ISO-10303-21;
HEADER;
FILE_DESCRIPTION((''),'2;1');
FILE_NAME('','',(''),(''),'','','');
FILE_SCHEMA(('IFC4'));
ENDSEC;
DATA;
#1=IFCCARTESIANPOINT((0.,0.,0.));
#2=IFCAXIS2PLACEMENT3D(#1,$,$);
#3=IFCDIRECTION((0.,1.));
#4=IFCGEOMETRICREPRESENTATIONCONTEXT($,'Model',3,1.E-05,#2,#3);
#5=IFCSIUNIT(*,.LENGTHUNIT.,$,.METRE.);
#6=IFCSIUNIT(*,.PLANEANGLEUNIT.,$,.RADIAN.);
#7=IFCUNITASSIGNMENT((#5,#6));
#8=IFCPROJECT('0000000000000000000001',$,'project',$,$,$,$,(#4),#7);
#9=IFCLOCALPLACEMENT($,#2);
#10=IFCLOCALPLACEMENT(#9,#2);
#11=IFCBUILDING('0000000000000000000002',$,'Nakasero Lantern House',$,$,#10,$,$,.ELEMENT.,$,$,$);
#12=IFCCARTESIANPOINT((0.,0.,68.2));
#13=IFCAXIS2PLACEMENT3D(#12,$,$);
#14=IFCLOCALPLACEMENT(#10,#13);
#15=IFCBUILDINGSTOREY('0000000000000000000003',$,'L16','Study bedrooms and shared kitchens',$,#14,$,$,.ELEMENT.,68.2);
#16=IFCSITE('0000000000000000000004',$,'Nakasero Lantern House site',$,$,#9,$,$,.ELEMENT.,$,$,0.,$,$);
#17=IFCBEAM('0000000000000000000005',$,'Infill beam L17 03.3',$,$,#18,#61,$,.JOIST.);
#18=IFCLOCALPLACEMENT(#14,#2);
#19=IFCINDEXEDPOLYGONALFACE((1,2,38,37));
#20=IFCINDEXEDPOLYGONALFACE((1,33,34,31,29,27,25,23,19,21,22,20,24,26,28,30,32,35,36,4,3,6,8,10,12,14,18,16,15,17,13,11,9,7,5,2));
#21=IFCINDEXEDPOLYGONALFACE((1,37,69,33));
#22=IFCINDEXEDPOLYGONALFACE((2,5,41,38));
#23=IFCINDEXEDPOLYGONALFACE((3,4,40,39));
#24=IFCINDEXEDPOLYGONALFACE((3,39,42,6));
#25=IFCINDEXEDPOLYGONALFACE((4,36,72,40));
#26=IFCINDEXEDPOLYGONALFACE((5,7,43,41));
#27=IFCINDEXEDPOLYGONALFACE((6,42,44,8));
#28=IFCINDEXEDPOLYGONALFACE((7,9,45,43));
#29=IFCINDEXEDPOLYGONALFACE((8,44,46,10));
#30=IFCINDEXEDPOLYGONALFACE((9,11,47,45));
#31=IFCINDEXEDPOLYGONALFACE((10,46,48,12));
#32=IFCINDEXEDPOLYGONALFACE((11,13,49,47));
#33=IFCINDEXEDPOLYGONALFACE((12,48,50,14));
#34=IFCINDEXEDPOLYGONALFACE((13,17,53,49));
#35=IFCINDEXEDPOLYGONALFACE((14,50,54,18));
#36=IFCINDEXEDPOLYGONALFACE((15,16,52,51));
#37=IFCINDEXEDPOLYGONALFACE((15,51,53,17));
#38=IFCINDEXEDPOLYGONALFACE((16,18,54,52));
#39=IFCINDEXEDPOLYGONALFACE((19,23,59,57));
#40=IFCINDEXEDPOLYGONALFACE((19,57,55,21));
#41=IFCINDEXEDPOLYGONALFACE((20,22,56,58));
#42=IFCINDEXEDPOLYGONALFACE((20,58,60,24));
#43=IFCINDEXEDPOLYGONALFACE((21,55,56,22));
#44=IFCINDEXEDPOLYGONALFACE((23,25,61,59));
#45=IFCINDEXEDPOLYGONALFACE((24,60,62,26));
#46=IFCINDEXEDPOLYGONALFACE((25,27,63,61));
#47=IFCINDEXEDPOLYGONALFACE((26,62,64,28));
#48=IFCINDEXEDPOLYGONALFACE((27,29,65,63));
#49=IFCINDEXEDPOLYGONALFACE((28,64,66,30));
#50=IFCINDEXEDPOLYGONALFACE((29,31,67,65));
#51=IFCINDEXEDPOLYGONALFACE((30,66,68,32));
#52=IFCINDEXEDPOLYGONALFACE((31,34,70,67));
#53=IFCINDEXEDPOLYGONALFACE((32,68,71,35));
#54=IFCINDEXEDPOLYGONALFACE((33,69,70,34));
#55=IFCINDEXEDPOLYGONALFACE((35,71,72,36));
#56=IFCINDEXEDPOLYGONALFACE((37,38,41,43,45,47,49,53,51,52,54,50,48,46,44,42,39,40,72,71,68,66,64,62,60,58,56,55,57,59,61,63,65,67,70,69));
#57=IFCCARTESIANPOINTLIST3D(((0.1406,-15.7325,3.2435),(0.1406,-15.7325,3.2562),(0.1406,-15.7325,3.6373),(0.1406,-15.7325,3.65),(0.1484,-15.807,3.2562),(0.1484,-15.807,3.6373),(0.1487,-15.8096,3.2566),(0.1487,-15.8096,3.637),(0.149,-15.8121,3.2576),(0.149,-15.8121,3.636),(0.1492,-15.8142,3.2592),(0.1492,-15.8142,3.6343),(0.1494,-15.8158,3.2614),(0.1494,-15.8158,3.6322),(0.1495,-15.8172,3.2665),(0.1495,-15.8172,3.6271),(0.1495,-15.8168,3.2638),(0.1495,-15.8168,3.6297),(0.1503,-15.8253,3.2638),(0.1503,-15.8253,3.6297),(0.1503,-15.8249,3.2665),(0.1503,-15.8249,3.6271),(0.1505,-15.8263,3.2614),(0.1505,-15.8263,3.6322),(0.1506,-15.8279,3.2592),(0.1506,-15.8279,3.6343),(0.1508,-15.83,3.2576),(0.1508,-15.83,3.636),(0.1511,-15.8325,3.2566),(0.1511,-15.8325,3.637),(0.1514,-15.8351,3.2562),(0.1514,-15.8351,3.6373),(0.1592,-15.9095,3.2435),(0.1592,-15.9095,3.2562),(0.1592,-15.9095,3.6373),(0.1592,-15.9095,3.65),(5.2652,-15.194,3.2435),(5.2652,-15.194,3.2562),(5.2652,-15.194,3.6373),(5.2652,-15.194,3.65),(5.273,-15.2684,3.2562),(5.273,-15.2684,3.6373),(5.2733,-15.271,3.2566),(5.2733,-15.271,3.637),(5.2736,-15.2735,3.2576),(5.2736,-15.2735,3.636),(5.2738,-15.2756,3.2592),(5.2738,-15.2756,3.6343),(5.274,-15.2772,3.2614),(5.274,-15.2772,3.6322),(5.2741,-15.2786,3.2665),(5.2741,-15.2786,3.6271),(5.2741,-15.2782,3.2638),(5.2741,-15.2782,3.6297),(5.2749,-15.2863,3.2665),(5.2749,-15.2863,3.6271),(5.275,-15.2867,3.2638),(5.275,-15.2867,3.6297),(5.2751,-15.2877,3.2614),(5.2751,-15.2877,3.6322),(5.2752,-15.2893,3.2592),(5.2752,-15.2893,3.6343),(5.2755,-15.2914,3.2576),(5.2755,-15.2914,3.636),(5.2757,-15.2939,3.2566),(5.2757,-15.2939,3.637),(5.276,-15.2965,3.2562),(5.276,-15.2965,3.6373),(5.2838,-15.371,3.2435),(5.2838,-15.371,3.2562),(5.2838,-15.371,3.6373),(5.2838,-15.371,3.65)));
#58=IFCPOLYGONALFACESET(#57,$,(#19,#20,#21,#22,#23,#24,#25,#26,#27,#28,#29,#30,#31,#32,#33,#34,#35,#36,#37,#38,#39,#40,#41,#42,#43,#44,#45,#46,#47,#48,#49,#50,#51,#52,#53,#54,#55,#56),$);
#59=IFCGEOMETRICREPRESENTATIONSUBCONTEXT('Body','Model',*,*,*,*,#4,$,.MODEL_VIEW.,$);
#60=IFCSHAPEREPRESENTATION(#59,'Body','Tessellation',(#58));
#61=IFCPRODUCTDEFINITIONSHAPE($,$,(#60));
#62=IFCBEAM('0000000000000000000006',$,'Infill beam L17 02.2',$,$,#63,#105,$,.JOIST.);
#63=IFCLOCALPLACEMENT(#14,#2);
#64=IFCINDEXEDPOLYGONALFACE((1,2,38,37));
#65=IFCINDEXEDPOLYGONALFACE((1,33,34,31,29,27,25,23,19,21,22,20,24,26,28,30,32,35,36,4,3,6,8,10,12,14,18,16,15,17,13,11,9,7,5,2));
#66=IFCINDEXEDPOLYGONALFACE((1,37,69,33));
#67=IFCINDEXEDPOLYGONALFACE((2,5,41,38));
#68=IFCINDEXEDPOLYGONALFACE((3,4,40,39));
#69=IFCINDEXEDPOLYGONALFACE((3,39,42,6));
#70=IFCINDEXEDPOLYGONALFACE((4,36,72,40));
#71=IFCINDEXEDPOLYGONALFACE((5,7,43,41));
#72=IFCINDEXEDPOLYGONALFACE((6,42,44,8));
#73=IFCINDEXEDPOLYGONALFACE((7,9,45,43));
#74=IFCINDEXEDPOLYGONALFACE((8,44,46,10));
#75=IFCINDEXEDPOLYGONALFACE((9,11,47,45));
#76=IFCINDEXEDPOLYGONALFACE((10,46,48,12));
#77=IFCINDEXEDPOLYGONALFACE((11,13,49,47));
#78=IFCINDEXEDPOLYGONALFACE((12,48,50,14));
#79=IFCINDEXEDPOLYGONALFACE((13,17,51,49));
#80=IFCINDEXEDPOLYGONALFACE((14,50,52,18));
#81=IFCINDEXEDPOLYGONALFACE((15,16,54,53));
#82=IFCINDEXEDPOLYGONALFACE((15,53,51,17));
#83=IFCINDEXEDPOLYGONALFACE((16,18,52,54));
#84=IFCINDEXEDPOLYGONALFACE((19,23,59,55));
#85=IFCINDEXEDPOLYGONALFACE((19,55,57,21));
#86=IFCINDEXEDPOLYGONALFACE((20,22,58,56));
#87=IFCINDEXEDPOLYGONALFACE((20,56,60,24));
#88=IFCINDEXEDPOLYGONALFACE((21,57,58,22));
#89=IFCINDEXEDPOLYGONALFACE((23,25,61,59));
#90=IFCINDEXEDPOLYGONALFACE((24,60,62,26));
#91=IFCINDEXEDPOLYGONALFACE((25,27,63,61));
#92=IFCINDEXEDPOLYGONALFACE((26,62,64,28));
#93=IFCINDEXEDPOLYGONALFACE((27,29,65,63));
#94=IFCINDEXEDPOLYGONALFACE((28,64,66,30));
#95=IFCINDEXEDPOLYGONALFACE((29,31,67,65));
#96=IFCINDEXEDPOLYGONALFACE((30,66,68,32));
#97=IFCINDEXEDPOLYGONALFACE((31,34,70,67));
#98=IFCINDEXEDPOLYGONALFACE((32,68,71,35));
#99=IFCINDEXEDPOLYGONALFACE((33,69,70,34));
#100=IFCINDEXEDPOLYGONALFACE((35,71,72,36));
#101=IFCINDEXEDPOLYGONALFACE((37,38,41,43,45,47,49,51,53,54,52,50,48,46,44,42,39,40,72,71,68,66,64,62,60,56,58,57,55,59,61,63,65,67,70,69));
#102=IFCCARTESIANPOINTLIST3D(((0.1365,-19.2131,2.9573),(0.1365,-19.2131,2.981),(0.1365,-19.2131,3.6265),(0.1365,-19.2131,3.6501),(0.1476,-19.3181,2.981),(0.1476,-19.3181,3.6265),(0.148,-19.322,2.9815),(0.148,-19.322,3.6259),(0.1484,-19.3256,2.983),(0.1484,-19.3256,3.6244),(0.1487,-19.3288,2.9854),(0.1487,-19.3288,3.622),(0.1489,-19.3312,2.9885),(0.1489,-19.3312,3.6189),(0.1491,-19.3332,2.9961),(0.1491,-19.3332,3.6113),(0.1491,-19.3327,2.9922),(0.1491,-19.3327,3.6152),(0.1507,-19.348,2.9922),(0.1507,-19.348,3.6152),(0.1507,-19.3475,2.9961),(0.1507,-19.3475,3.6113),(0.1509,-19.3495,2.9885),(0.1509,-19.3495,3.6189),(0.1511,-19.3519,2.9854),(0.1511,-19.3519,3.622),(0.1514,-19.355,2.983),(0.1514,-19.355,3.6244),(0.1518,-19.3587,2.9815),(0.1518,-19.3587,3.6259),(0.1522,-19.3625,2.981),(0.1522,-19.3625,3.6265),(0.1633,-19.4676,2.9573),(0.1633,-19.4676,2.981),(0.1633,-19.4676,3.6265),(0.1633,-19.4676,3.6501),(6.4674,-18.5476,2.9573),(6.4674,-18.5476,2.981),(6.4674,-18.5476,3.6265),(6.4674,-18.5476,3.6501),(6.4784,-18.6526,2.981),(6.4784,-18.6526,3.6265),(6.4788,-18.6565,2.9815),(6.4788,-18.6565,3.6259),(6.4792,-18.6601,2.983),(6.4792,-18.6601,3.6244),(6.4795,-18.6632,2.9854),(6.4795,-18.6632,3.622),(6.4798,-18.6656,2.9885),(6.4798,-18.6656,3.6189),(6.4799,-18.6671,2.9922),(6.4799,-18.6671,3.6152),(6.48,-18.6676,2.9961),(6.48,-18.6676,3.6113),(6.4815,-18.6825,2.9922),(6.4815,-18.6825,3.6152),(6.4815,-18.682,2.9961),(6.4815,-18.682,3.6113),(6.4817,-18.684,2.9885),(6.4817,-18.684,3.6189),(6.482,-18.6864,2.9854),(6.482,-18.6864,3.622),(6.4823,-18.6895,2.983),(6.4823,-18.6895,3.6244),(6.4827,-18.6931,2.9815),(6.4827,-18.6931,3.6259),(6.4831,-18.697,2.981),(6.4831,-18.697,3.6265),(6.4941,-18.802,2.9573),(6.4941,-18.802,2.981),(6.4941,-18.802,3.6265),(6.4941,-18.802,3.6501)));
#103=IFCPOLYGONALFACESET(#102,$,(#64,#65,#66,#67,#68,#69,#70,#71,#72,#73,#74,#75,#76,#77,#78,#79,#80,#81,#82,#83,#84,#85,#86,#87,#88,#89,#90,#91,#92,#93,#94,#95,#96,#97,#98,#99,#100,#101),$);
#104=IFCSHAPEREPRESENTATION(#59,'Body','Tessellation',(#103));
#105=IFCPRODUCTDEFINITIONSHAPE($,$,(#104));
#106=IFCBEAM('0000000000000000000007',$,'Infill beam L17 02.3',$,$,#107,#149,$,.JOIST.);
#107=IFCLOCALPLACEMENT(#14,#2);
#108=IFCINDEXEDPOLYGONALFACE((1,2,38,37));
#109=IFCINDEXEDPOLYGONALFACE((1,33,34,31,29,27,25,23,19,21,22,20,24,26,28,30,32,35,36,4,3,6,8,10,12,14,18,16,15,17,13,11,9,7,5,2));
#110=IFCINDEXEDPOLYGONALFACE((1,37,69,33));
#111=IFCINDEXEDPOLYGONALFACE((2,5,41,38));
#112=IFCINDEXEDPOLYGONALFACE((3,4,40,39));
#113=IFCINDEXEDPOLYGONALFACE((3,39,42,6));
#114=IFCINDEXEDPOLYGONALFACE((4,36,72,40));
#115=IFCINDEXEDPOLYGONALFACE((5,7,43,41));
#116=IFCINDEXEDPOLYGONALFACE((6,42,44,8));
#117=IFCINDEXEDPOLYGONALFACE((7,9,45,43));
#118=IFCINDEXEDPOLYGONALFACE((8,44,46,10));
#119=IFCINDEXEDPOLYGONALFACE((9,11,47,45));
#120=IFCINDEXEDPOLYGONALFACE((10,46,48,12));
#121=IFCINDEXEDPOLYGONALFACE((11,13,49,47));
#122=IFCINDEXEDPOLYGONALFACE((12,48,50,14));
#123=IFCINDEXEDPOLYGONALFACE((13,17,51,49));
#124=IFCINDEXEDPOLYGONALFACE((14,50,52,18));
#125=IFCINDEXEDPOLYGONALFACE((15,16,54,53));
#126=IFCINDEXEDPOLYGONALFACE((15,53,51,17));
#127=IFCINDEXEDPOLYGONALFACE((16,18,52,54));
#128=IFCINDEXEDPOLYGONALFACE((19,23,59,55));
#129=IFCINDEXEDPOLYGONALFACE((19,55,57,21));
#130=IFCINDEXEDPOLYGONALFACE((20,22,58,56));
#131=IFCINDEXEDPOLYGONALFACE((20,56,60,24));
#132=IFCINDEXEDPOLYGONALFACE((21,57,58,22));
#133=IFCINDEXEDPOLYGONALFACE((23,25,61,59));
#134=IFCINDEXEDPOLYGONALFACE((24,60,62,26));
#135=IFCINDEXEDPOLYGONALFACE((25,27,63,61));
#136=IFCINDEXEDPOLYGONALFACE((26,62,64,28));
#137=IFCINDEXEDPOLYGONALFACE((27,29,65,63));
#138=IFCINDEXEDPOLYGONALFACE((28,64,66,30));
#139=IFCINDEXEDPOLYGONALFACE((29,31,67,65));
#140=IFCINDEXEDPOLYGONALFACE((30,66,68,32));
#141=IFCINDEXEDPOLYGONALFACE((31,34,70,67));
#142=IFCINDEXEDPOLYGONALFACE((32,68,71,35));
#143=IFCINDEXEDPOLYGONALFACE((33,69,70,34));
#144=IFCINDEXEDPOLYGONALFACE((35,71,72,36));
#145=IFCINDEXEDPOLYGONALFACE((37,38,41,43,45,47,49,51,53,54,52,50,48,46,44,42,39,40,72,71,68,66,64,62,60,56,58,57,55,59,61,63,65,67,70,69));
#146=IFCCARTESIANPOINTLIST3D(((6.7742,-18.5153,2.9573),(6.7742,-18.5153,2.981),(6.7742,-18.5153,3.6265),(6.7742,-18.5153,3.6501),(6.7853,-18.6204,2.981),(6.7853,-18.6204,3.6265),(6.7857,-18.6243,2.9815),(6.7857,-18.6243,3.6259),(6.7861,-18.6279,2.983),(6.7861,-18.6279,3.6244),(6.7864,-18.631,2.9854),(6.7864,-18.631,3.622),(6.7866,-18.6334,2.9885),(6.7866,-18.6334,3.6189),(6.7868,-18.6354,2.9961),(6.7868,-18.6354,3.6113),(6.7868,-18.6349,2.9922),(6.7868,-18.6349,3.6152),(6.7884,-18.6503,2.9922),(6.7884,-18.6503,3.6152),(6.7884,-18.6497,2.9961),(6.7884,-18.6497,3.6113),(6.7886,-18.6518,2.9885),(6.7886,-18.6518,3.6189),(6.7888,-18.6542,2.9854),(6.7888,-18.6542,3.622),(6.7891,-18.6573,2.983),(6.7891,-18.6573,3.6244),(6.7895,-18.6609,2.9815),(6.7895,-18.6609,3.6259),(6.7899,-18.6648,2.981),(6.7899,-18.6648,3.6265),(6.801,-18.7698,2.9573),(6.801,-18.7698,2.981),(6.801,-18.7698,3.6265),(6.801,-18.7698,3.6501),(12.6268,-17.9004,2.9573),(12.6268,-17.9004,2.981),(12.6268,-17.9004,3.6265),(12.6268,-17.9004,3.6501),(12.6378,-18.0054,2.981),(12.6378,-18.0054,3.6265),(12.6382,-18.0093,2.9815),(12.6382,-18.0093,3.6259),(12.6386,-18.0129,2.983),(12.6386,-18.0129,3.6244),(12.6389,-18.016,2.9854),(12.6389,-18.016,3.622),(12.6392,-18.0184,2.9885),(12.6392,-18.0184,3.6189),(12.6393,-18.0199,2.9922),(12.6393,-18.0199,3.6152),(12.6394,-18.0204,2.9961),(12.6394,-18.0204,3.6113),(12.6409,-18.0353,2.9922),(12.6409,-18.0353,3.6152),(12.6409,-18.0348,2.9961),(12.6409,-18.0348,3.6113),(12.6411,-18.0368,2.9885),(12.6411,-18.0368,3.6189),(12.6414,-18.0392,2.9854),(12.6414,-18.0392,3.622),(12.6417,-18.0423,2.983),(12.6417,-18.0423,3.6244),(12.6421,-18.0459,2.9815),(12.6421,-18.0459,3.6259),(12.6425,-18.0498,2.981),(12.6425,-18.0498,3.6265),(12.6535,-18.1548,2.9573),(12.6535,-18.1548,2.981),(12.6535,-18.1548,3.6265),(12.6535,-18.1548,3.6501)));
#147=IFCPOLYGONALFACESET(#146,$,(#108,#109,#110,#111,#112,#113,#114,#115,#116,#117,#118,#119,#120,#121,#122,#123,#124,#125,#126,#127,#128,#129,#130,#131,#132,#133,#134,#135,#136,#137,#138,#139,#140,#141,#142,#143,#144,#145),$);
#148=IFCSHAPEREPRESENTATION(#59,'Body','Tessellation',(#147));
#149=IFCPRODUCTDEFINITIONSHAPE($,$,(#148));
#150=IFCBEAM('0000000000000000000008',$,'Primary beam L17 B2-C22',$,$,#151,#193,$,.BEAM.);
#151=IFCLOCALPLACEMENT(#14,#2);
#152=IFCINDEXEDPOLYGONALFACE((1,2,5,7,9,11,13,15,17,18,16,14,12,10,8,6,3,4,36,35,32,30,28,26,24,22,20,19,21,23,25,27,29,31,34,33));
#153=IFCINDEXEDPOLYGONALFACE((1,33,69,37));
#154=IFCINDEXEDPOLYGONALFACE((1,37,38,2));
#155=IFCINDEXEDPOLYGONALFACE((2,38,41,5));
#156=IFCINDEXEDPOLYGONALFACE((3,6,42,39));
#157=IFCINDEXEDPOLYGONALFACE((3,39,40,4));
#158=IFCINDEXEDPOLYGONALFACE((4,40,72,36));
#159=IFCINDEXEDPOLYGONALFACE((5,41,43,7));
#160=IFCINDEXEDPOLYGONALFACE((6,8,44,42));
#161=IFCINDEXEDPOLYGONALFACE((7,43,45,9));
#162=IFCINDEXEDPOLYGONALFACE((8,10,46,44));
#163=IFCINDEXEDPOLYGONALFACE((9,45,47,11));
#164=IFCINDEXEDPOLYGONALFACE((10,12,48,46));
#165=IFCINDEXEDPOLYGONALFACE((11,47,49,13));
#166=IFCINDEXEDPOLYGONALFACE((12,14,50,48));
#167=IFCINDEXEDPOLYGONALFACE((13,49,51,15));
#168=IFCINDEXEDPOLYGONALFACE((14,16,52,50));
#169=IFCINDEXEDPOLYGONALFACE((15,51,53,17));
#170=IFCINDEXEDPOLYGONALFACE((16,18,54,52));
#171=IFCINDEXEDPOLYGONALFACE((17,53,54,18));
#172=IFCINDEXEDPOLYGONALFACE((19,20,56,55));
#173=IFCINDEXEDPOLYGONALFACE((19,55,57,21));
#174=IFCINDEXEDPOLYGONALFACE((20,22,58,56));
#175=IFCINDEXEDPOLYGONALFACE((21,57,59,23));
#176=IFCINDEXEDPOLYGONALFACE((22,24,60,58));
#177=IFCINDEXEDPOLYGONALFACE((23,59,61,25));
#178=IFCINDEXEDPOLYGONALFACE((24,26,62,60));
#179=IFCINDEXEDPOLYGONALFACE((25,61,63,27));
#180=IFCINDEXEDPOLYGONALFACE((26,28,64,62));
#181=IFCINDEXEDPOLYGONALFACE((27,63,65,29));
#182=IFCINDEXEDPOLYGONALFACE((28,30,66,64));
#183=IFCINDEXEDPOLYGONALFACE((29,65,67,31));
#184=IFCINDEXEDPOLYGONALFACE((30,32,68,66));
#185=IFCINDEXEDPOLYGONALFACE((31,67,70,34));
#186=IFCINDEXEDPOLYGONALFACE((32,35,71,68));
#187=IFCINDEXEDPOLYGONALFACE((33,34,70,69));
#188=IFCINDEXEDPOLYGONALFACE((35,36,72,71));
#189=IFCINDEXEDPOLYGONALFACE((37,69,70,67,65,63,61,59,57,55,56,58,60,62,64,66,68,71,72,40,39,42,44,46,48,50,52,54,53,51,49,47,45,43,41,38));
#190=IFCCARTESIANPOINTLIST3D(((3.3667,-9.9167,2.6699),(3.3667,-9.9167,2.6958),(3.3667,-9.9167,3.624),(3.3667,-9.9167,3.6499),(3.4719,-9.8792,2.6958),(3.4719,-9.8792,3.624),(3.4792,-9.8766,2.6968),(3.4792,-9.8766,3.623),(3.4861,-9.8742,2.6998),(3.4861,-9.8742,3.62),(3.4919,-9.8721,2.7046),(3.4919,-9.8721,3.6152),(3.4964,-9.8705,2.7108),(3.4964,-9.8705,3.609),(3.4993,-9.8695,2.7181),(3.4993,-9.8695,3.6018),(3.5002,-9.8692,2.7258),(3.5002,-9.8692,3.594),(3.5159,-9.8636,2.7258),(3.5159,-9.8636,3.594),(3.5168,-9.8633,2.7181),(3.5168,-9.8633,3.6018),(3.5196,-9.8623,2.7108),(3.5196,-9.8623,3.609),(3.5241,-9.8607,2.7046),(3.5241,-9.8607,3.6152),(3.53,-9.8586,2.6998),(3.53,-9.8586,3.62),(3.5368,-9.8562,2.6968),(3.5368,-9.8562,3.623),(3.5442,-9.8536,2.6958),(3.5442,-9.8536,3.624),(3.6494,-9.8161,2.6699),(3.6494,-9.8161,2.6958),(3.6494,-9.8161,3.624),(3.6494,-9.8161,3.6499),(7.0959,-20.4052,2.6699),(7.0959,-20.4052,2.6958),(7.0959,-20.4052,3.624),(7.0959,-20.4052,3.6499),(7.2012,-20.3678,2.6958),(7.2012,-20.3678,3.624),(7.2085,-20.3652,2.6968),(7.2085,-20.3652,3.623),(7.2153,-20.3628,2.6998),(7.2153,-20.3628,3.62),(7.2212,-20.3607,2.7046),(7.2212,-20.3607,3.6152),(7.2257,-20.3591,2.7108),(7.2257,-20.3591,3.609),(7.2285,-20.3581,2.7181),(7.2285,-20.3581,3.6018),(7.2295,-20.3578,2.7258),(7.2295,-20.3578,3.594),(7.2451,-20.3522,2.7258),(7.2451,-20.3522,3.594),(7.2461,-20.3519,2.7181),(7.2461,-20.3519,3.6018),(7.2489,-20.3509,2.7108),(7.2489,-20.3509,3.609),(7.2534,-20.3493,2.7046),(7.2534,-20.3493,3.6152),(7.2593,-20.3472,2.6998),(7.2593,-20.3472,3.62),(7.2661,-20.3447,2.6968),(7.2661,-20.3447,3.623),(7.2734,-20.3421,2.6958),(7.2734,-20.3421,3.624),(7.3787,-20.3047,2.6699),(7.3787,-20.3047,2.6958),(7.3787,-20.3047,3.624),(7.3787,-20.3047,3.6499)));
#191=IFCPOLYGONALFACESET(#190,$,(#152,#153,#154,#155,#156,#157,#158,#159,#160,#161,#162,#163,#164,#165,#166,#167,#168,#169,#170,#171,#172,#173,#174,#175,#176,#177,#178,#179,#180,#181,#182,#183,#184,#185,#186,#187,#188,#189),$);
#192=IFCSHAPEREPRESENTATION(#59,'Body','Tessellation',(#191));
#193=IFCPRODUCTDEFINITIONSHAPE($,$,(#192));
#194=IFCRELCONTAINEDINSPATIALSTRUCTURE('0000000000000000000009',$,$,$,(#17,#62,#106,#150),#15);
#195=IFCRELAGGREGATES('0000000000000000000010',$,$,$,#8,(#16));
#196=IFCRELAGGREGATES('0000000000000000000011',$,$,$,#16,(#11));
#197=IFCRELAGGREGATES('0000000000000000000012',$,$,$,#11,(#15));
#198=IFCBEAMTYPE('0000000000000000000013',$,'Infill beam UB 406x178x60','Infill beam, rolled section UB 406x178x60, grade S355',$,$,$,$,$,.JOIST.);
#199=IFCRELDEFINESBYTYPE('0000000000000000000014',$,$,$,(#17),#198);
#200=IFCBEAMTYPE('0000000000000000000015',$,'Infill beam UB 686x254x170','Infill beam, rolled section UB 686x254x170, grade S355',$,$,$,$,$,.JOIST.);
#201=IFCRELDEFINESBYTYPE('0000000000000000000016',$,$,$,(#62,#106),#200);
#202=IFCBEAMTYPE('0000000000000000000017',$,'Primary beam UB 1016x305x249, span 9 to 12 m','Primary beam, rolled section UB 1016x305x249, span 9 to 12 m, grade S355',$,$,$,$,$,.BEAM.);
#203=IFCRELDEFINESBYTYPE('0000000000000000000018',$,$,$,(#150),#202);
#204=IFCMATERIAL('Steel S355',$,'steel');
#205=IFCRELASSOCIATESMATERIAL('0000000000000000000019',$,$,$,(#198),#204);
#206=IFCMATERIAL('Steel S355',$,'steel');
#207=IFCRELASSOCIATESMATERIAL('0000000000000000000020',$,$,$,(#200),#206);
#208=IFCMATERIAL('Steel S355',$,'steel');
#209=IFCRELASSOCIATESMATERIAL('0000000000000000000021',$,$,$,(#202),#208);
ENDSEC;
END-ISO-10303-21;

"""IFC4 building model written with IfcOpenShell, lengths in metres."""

from ifc_helpers import new_model, si_unit, direction, frame, origin, origin_2d, place, context, subcontext, project, spatial, i_section, extrude, material, material_profile, profile_set, type_object, element, save


model = new_model("IFC4")

# Units and contexts
model_context = context("Model", 3, precision=1e-05, world=origin(), true_north=direction((0.0, 1.0)))
body_context = subcontext(model_context, "Body", "Model", "MODEL_VIEW")
ifc_project = project(units=[si_unit("LENGTHUNIT", "METRE"), si_unit("PLANEANGLEUNIT", "RADIAN")], contexts=[model_context])

# Site, building, storey
site_placement = place(None, origin())
site = spatial("IfcSite", under=ifc_project, at=site_placement, Name="Nakasero Lantern House site", CompositionType="ELEMENT", RefElevation=0.0)
building_placement = place(site_placement, origin())
building = spatial("IfcBuilding", under=site, at=building_placement, Name="Nakasero Lantern House", CompositionType="ELEMENT")
storey_placement = place(building_placement, frame((0.0, 0.0, 68.2)))
storey = spatial("IfcBuildingStorey", under=building, at=storey_placement, Name="L16", Description="Study bedrooms and shared kitchens", CompositionType="ELEMENT", Elevation=68.2)

# Beams
ifc_material_1 = material(Name="Steel S355", Category="steel")
ifc_material_profile_1 = material_profile(ifc_material_1, i_section(OverallWidth=0.178, OverallDepth=0.4065, WebThickness=0.0078, FlangeThickness=0.0127, FilletRadius=0.0103, at=origin_2d()), Name="UB 406x178x60")
ifc_profile_set_1 = profile_set([ifc_material_profile_1], Name="Steel S355")
beam_type_1 = type_object("IfcBeamType", Name="Infill beam UB 406x178x60", Description="Infill beam, rolled section UB 406x178x60, grade S355", PredefinedType="JOIST", material=ifc_profile_set_1)
beam_1_placement = place(storey_placement, frame((0.1499, -15.821, 3.4468), z_axis=(0.994523, 0.104522, 0.0), x_axis=(-0.104522, 0.994523, 0.0)))
element("IfcBeam", 1, at=beam_1_placement, inside=storey, type_object=beam_type_1, Name="Infill beam L17 03.3", PredefinedType="JOIST", context=body_context, shape_type="SweptSolid", body=[
    extrude(i_section(OverallWidth=0.178, OverallDepth=0.4065, WebThickness=0.0078, FlangeThickness=0.0127, FilletRadius=0.0103, at=origin_2d()), origin(), (0.0, 0.0, 1.0), 5.1528),
])
ifc_material_2 = material(Name="Steel S355", Category="steel")
ifc_material_profile_2 = material_profile(ifc_material_2, i_section(OverallWidth=0.2559, OverallDepth=0.6929, WebThickness=0.0144, FlangeThickness=0.0237, FilletRadius=0.0151, at=origin_2d()), Name="UB 686x254x170")
ifc_profile_set_2 = profile_set([ifc_material_profile_2], Name="Steel S355")
beam_type_2 = type_object("IfcBeamType", Name="Infill beam UB 686x254x170", Description="Infill beam, rolled section UB 686x254x170, grade S355", PredefinedType="JOIST", material=ifc_profile_set_2)
beam_2_placement = place(storey_placement, frame((0.1499, -19.3403, 3.3037), z_axis=(0.99452, 0.104549, 0.0), x_axis=(-0.104549, 0.99452, 0.0)))
element("IfcBeam", 2, at=beam_2_placement, inside=storey, type_object=beam_type_2, Name="Infill beam L17 02.2", PredefinedType="JOIST", context=body_context, shape_type="SweptSolid", body=[
    extrude(i_section(OverallWidth=0.2559, OverallDepth=0.6929, WebThickness=0.0144, FlangeThickness=0.0237, FilletRadius=0.0151, at=origin_2d()), origin(), (0.0, 0.0, 1.0), 6.3657),
])
beam_3_placement = place(storey_placement, frame((6.7876, -18.6426, 3.3037), z_axis=(0.994524, 0.104506, 0.0), x_axis=(-0.104506, 0.994524, 0.0)))
element("IfcBeam", 3, at=beam_3_placement, inside=storey, type_object=beam_type_2, Name="Infill beam L17 02.3", PredefinedType="JOIST", context=body_context, shape_type="SweptSolid", body=[
    extrude(i_section(OverallWidth=0.2559, OverallDepth=0.6929, WebThickness=0.0144, FlangeThickness=0.0237, FilletRadius=0.0151, at=origin_2d()), origin(), (0.0, 0.0, 1.0), 5.8848),
])
ifc_material_3 = material(Name="Steel S355", Category="steel")
ifc_material_profile_3 = material_profile(ifc_material_3, i_section(OverallWidth=0.3, OverallDepth=0.98, WebThickness=0.0166, FlangeThickness=0.0259, FilletRadius=0.03, at=origin_2d()), Name="UB 1016x305x249")
ifc_profile_set_3 = profile_set([ifc_material_profile_3], Name="Steel S355")
beam_type_3 = type_object("IfcBeamType", Name="Primary beam UB 1016x305x249, span 9 to 12 m", Description="Primary beam, rolled section UB 1016x305x249, span 9 to 12 m, grade S355", PredefinedType="BEAM", material=ifc_profile_set_3)
beam_4_placement = place(storey_placement, frame((7.2373, -20.355, 3.1599), z_axis=(-0.335009, 0.942215, 0.0), x_axis=(-0.942215, -0.335009, 0.0)))
element("IfcBeam", 4, at=beam_4_placement, inside=storey, type_object=beam_type_3, Name="Primary beam L17 B2-C22", PredefinedType="BEAM", context=body_context, shape_type="SweptSolid", body=[
    extrude(i_section(OverallWidth=0.3, OverallDepth=0.98, WebThickness=0.0166, FlangeThickness=0.0259, FilletRadius=0.03, at=origin_2d()), origin(), (0.0, 0.0, 1.0), 11.1318),
])

save(model, "model.ifc")
